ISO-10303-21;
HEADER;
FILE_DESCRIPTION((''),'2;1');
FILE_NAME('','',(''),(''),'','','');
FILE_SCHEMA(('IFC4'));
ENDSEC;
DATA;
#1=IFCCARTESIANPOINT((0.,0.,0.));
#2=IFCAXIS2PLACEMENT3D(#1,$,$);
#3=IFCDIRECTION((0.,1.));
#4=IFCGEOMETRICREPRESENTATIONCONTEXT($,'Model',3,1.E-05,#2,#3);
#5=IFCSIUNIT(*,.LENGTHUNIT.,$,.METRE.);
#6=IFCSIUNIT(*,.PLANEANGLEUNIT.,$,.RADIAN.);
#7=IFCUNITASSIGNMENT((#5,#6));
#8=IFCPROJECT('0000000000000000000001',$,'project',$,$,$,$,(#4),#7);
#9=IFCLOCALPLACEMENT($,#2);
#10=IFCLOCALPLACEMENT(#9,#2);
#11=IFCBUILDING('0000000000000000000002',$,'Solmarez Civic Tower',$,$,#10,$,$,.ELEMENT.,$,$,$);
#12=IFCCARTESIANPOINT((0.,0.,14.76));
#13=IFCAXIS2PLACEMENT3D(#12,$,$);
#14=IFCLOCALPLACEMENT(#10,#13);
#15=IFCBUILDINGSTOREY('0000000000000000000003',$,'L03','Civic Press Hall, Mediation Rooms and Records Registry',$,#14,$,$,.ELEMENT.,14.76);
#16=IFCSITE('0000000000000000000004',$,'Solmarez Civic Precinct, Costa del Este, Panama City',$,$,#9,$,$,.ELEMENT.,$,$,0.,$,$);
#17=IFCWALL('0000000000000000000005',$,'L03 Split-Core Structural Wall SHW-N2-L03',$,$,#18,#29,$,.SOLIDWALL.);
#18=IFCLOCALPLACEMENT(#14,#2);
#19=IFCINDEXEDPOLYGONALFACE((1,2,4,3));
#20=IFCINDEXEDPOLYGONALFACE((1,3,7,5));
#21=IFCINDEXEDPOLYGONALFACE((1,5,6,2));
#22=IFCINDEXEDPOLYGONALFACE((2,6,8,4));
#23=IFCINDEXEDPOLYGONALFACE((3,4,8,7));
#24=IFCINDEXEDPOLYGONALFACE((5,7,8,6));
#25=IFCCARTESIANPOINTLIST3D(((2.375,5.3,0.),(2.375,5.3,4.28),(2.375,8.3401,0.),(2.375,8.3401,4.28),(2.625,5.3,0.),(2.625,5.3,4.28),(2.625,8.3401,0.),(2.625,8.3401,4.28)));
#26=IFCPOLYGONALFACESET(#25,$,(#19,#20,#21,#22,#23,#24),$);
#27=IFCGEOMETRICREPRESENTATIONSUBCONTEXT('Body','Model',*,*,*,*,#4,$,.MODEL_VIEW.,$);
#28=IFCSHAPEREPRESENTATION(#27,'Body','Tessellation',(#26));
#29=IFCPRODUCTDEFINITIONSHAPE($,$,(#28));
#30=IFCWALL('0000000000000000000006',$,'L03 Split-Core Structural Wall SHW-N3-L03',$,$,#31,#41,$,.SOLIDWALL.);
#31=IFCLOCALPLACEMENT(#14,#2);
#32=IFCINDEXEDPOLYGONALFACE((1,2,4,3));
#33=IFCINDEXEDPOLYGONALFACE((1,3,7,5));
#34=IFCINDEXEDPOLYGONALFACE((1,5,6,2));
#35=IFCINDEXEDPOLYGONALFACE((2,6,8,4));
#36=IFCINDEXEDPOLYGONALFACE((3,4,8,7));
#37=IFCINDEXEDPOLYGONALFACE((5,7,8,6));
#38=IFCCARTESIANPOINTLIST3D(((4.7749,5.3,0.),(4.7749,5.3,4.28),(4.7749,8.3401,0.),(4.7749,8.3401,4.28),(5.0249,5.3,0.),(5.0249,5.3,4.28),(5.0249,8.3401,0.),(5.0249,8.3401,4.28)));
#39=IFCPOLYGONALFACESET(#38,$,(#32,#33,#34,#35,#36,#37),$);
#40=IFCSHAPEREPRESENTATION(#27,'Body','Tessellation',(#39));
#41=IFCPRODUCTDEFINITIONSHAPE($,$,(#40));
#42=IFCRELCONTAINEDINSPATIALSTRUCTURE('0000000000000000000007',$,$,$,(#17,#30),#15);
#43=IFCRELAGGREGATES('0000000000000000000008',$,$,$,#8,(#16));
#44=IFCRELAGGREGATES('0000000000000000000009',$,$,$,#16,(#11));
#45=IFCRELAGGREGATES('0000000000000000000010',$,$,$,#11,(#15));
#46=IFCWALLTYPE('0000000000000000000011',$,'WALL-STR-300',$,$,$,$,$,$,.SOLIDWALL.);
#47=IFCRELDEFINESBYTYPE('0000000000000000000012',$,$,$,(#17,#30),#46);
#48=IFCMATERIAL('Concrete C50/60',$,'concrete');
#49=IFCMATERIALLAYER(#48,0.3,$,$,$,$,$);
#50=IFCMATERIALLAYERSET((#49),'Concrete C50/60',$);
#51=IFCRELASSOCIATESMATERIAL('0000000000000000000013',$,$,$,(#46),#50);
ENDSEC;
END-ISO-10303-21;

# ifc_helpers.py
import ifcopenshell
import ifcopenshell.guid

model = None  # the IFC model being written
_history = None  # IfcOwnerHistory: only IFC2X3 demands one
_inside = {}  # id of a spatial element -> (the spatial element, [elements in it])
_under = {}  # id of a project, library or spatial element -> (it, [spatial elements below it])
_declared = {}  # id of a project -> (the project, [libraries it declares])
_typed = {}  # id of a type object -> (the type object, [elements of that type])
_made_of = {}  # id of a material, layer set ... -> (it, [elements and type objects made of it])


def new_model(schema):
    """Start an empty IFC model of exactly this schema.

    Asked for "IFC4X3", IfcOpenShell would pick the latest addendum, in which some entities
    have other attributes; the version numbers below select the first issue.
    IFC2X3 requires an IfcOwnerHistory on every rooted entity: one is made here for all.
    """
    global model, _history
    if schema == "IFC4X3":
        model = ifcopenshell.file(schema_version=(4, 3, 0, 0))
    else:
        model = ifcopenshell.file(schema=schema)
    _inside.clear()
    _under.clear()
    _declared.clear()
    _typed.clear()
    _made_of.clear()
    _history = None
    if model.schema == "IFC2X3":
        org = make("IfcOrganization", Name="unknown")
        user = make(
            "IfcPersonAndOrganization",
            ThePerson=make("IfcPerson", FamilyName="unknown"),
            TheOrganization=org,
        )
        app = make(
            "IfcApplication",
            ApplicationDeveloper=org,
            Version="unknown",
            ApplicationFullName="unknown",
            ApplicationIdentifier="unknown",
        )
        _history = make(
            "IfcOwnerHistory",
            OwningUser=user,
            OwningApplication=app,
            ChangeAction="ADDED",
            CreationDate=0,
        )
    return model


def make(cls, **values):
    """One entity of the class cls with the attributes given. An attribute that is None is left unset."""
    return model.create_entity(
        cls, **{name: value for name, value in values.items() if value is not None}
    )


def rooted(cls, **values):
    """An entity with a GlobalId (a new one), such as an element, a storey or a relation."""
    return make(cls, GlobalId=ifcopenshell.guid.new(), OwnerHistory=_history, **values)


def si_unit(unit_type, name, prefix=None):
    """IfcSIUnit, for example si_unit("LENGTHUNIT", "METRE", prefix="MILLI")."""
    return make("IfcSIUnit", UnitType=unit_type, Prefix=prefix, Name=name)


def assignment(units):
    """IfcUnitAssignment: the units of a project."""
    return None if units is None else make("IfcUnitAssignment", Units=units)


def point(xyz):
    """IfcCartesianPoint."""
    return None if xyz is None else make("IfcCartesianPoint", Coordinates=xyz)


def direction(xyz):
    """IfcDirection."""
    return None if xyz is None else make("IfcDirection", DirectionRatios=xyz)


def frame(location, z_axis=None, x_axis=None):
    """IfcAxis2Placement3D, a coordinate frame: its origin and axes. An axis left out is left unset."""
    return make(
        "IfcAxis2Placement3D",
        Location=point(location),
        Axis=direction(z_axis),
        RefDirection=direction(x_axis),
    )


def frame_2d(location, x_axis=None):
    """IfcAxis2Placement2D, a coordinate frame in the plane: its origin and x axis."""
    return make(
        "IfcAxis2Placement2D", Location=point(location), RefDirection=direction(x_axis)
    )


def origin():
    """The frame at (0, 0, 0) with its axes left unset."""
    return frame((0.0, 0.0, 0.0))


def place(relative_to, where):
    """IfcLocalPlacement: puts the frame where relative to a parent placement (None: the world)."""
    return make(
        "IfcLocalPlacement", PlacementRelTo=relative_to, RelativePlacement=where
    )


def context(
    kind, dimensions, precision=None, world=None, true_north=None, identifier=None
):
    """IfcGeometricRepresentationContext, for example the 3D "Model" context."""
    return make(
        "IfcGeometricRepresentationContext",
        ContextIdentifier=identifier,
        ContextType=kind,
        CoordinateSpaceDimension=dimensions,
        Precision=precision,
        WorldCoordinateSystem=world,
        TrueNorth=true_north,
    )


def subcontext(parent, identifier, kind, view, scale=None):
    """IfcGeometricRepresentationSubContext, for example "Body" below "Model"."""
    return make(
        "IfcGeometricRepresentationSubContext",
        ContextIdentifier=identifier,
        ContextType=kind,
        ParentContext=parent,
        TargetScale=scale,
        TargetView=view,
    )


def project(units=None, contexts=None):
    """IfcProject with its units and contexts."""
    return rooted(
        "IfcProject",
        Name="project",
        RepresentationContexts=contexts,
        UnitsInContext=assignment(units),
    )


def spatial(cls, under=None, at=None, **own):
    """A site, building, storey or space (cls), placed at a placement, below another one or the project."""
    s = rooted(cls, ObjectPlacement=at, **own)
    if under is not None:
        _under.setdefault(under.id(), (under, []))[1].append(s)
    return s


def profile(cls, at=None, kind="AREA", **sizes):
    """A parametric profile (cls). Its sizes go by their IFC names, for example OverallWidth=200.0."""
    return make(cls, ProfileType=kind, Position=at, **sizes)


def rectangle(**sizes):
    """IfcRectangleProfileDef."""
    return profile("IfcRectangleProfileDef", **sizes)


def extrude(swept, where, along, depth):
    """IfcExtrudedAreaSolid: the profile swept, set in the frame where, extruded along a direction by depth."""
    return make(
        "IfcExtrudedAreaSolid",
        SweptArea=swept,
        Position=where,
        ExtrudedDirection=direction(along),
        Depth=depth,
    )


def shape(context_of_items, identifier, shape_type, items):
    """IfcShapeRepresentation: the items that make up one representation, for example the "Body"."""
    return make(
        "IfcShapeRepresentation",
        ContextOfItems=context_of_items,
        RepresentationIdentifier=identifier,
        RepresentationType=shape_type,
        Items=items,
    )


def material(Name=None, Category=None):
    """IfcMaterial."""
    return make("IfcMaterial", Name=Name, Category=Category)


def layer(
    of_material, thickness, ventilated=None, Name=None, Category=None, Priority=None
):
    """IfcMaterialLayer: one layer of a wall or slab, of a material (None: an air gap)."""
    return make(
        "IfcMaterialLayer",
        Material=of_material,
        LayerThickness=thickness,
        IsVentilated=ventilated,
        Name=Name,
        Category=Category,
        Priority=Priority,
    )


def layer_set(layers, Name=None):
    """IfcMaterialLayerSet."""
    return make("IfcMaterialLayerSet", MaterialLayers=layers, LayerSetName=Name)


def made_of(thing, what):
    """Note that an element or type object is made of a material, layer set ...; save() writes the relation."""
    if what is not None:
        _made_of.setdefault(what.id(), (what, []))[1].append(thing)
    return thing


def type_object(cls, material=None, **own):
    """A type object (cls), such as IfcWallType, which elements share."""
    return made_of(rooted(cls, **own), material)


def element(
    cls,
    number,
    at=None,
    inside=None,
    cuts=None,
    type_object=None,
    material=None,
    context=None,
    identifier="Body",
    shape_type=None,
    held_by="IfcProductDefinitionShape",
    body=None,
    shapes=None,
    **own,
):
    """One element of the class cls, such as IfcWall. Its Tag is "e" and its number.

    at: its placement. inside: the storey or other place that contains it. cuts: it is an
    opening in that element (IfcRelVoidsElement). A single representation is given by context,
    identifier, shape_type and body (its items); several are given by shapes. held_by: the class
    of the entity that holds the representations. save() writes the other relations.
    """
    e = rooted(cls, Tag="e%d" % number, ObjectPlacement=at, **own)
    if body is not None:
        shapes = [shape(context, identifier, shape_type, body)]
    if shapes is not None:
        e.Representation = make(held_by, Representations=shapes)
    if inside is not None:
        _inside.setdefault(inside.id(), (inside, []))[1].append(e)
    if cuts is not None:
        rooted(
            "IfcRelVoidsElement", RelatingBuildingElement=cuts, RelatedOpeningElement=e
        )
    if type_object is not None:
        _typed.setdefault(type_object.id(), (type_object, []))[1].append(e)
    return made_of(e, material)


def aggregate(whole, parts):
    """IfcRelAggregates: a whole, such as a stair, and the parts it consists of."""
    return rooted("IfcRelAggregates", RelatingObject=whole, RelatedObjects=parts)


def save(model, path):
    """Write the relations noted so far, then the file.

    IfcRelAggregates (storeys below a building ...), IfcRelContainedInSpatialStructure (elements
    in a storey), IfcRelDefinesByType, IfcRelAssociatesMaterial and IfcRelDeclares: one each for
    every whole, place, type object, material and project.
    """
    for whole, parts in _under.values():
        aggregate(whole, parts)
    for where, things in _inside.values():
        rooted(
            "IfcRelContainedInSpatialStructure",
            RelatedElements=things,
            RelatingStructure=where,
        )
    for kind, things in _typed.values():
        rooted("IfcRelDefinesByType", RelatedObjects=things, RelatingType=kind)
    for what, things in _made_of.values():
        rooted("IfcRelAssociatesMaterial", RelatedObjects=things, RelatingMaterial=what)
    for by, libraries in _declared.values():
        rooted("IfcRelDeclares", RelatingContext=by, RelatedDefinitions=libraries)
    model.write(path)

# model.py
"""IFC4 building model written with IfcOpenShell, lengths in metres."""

from ifc_helpers import new_model, si_unit, direction, frame, frame_2d, origin, place, context, subcontext, project, spatial, rectangle, extrude, material, layer, layer_set, type_object, element, save


model = new_model("IFC4")

# Units and contexts
model_context = context("Model", 3, precision=1e-05, world=origin(), true_north=direction((0.0, 1.0)))
body_context = subcontext(model_context, "Body", "Model", "MODEL_VIEW")
ifc_project = project(units=[si_unit("LENGTHUNIT", "METRE"), si_unit("PLANEANGLEUNIT", "RADIAN")], contexts=[model_context])

# Site, building, storey
site_placement = place(None, origin())
site = spatial("IfcSite", under=ifc_project, at=site_placement, Name="Solmarez Civic Precinct, Costa del Este, Panama City", CompositionType="ELEMENT", RefElevation=0.0)
building_placement = place(site_placement, origin())
building = spatial("IfcBuilding", under=site, at=building_placement, Name="Solmarez Civic Tower", CompositionType="ELEMENT")
storey_placement = place(building_placement, frame((0.0, 0.0, 14.76)))
storey = spatial("IfcBuildingStorey", under=building, at=storey_placement, Name="L03", Description="Civic Press Hall, Mediation Rooms and Records Registry", CompositionType="ELEMENT", Elevation=14.76)

# Shared definitions
ifc_material_1 = material(Name="Concrete C50/60", Category="concrete")
ifc_layer_1 = layer(ifc_material_1, 0.3)
ifc_layer_set_1 = layer_set([ifc_layer_1], Name="Concrete C50/60")
wall_type_1 = type_object("IfcWallType", Name="WALL-STR-300", PredefinedType="SOLIDWALL", material=ifc_layer_set_1)

# Walls
for number, where, z_axis, x_axis, name in (
    (1, (2.5, 5.3, 0.0), (0.0, 0.0, 1.0), (0.0, 1.0, 0.0), "L03 Split-Core Structural Wall SHW-N2-L03"),
    (2, (4.8999, 5.3, 0.0), (0.0, 0.0, 1.0), (0.0, 1.0, 0.0), "L03 Split-Core Structural Wall SHW-N3-L03"),
):
    element("IfcWall", number, at=place(storey_placement, frame(where, z_axis=z_axis, x_axis=x_axis)), inside=storey, type_object=wall_type_1, Name=name, PredefinedType="SOLIDWALL", context=body_context, shape_type="SweptSolid", body=[
        extrude(rectangle(XDim=3.04, YDim=0.25, at=frame_2d((1.52, 0.0))), origin(), (0.0, 0.0, 1.0), 4.28),
    ])

save(model, "model.ifc")
